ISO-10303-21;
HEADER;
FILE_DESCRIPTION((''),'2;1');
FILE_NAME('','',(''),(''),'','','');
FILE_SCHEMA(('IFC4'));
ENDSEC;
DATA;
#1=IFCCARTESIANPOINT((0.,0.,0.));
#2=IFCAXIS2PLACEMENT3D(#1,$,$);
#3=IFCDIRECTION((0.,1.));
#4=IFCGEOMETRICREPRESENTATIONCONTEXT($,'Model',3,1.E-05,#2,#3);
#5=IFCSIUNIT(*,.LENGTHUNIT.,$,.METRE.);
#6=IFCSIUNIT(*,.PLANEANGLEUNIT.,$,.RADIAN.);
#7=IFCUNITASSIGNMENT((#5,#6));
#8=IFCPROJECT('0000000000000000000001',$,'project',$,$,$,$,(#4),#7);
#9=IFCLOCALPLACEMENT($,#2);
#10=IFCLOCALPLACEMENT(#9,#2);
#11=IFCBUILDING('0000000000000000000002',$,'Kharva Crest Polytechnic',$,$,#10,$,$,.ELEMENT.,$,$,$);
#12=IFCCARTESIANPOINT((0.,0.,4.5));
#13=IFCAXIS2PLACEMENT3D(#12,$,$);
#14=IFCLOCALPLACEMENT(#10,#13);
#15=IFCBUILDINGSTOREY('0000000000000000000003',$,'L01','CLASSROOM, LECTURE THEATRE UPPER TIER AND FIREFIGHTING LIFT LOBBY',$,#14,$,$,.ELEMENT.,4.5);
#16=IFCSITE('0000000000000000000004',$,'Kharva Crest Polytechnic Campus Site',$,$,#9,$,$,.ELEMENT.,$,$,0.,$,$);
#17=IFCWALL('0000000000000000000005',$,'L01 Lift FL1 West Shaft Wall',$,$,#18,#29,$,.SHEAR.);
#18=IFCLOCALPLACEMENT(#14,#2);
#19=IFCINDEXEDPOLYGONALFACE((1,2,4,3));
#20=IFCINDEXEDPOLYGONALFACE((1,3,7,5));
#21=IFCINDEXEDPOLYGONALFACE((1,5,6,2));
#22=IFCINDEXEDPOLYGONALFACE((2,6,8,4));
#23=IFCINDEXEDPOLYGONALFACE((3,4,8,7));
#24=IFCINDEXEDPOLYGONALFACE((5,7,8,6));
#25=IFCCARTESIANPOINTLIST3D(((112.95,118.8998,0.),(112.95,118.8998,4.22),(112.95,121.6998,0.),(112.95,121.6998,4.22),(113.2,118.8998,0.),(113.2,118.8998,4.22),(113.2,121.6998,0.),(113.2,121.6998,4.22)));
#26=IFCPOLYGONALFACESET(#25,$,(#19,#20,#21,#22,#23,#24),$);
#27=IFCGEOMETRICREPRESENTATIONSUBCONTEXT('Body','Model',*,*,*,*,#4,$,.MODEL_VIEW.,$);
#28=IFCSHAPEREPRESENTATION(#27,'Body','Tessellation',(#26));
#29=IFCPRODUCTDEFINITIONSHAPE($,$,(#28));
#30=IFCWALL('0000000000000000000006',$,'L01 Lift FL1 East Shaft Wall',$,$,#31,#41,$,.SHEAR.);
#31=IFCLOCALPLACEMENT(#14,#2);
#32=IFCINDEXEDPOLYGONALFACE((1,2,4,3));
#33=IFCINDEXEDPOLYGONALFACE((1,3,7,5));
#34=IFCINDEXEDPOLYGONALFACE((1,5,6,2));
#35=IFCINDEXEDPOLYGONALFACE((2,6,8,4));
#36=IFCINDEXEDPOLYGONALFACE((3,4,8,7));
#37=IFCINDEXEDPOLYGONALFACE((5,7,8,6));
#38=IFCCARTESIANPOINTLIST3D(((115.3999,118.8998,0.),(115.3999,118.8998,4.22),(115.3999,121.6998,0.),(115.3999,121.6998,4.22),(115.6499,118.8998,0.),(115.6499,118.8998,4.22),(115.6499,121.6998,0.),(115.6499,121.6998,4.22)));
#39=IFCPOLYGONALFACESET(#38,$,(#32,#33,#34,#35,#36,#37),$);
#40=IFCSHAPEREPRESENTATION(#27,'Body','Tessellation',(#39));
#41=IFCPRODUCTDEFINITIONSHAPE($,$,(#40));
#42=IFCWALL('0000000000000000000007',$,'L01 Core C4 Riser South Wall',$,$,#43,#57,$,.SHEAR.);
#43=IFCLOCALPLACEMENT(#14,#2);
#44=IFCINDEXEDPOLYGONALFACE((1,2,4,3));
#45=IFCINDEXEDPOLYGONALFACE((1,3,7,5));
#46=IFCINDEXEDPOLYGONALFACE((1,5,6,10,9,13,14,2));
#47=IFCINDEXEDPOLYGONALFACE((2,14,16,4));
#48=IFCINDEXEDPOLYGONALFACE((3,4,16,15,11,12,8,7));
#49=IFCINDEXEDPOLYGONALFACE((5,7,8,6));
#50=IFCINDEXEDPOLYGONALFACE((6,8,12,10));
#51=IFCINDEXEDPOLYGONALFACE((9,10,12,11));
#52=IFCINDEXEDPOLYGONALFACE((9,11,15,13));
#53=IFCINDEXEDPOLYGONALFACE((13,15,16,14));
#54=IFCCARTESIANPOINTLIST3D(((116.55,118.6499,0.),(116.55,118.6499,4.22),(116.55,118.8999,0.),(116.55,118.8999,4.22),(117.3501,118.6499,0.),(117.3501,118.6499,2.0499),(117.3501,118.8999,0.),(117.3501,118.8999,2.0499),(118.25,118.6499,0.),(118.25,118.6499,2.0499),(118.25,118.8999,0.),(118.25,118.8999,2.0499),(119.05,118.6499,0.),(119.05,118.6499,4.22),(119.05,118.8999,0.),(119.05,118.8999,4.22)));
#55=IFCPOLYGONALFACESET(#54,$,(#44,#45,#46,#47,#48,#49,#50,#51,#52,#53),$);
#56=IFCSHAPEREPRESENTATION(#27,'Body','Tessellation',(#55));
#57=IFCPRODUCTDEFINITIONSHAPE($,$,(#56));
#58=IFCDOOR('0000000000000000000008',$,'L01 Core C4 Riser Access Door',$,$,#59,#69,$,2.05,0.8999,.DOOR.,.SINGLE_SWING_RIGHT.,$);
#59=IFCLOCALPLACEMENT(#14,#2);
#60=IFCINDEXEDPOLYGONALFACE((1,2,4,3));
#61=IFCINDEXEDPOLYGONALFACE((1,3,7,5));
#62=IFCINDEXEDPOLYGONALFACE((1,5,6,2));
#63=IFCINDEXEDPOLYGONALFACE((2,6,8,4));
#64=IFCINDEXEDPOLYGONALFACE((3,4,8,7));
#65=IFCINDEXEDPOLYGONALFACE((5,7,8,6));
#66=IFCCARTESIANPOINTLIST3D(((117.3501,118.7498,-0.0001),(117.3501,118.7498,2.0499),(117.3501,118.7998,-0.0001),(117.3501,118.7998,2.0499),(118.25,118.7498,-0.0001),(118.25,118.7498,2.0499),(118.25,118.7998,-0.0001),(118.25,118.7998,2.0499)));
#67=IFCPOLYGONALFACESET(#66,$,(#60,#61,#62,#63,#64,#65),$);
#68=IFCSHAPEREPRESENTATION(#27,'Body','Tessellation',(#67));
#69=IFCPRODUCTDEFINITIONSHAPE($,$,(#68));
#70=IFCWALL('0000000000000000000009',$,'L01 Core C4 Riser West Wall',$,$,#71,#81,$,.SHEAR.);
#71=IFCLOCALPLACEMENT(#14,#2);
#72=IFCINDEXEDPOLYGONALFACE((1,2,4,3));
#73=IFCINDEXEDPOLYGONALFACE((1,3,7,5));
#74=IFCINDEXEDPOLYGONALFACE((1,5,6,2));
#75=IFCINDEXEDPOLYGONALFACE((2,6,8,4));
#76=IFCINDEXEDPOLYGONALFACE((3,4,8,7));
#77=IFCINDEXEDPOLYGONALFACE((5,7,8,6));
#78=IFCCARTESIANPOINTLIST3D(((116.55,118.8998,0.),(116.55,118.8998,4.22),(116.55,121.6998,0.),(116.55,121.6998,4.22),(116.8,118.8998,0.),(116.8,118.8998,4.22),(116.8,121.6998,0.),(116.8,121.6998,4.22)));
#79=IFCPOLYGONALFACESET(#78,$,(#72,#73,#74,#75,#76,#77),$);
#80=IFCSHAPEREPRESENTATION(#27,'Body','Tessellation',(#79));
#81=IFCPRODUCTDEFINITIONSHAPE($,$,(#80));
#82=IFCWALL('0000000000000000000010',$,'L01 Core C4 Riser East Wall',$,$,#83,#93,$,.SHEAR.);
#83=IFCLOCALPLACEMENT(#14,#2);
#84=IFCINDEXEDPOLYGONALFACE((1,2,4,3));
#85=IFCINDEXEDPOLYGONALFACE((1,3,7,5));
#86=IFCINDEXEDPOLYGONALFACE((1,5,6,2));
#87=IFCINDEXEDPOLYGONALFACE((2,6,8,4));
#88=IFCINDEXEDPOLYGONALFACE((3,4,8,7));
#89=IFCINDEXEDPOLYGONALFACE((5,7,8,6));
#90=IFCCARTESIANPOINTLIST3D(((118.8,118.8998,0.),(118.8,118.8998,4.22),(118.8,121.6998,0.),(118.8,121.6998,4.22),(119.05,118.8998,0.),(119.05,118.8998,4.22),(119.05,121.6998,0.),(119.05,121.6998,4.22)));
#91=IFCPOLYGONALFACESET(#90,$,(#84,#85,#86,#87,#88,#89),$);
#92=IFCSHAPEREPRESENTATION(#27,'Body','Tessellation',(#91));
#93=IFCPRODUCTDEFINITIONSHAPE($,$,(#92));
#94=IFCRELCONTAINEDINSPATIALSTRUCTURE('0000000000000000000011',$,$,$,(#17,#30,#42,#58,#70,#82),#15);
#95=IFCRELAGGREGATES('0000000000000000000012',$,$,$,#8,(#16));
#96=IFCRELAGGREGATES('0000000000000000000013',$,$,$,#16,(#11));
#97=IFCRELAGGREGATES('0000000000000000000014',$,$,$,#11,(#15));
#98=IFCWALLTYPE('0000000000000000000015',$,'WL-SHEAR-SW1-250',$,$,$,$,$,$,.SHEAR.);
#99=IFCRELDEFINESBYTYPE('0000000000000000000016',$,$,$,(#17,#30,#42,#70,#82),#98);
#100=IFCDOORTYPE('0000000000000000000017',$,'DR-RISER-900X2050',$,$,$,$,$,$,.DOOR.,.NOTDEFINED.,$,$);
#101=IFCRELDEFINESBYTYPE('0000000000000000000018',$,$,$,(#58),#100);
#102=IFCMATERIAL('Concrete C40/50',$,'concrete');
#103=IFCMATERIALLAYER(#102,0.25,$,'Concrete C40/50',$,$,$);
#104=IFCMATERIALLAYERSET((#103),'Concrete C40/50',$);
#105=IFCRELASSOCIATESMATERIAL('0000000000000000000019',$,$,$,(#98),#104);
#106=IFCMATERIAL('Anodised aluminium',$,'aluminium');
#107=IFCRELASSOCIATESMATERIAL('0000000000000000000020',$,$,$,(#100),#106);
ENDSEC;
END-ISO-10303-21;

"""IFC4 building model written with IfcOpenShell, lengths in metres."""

from ifc_helpers import new_model, si_unit, direction, frame, frame_2d, origin, place, context, subcontext, project, spatial, rectangle, extrude, material, layer, layer_set, type_object, element, fill, save


model = new_model("IFC4")

# Units and contexts
model_context = context("Model", 3, precision=1e-05, world=origin(), true_north=direction((0.0, 1.0)))
body_context = subcontext(model_context, "Body", "Model", "MODEL_VIEW")
ifc_project = project(units=[si_unit("LENGTHUNIT", "METRE"), si_unit("PLANEANGLEUNIT", "RADIAN")], contexts=[model_context])

# Site, building, storey
site_placement = place(None, origin())
site = spatial("IfcSite", under=ifc_project, at=site_placement, Name="Kharva Crest Polytechnic Campus Site", CompositionType="ELEMENT", RefElevation=0.0)
building_placement = place(site_placement, origin())
building = spatial("IfcBuilding", under=site, at=building_placement, Name="Kharva Crest Polytechnic", CompositionType="ELEMENT")
storey_placement = place(building_placement, frame((0.0, 0.0, 4.5)))
storey = spatial("IfcBuildingStorey", under=building, at=storey_placement, Name="L01", Description="CLASSROOM, LECTURE THEATRE UPPER TIER AND FIREFIGHTING LIFT LOBBY", CompositionType="ELEMENT", Elevation=4.5)

# Shared definitions
ifc_material_1 = material(Name="Concrete C40/50", Category="concrete")

# Shared definitions
ifc_layer_1 = layer(ifc_material_1, 0.25, Name="Concrete C40/50")
ifc_layer_set_1 = layer_set([ifc_layer_1], Name="Concrete C40/50")
wall_type_1 = type_object("IfcWallType", Name="WL-SHEAR-SW1-250", PredefinedType="SHEAR", material=ifc_layer_set_1)
ifc_material_2 = material(Name="Anodised aluminium", Category="aluminium")

# Walls
for number, where, z_axis, x_axis, name in (
    (1, (113.075, 118.8999, 0.0), (0.0, 0.0, 1.0), (0.0, 1.0, 0.0), "L01 Lift FL1 West Shaft Wall"),
    (2, (115.5249, 118.8999, 0.0), (0.0, 0.0, 1.0), (0.0, 1.0, 0.0), "L01 Lift FL1 East Shaft Wall"),
):
    element("IfcWall", number, at=place(storey_placement, frame(where, z_axis=z_axis, x_axis=x_axis)), inside=storey, type_object=wall_type_1, Name=name, PredefinedType="SHEAR", context=body_context, shape_type="SweptSolid", body=[
        extrude(rectangle(XDim=2.8, YDim=0.25, at=frame_2d((1.3999, 0.0))), origin(), (0.0, 0.0, 1.0), 4.22),
    ])

# Wall, opening, door
wall_1_placement = place(storey_placement, frame((116.55, 118.7749, 0.0), z_axis=(0.0, 0.0, 1.0), x_axis=(1.0, 0.0, 0.0)))
wall_1 = element("IfcWall", 3, at=wall_1_placement, inside=storey, type_object=wall_type_1, Name="L01 Core C4 Riser South Wall", PredefinedType="SHEAR", context=body_context, shape_type="SweptSolid", body=[
    extrude(rectangle(XDim=2.5, YDim=0.25, at=frame_2d((1.25, 0.0))), origin(), (0.0, 0.0, 1.0), 4.22),
])
opening_1_placement = place(wall_1_placement, frame((0.8, 0.0, 0.0)))
opening_1 = element("IfcOpeningElement", 4, at=opening_1_placement, cuts=wall_1, PredefinedType="OPENING", context=body_context, shape_type="SweptSolid", body=[
    extrude(rectangle(XDim=0.8999, YDim=2.05, at=frame_2d((0.45, 1.0249))), frame((0.0, 0.135, 0.0), z_axis=(0.0, -1.0, 0.0), x_axis=(1.0, 0.0, 0.0)), (0.0, 0.0, 1.0), 0.27),
])
door_type_1 = type_object("IfcDoorType", Name="DR-RISER-900X2050", OperationType="NOTDEFINED", PredefinedType="DOOR", material=ifc_material_2)
door_1_placement = place(opening_1_placement, origin())
door_1 = element("IfcDoor", 5, at=door_1_placement, inside=storey, type_object=door_type_1, Name="L01 Core C4 Riser Access Door", OperationType="SINGLE_SWING_RIGHT", OverallHeight=2.05, OverallWidth=0.8999, PredefinedType="DOOR", context=body_context, shape_type="SweptSolid", body=[
    extrude(rectangle(XDim=0.8999, YDim=2.05, at=frame_2d((0.45, 1.0249))), frame((0.0, 0.0249, 0.0), z_axis=(0.0, -1.0, 0.0), x_axis=(1.0, 0.0, 0.0)), (0.0, 0.0, 1.0), 0.05),
])
fill(opening_1, door_1)

# Walls
for number, where, z_axis, x_axis, name in (
    (6, (116.675, 118.8999, 0.0), (0.0, 0.0, 1.0), (0.0, 1.0, 0.0), "L01 Core C4 Riser West Wall"),
    (7, (118.925, 118.8999, 0.0), (0.0, 0.0, 1.0), (0.0, 1.0, 0.0), "L01 Core C4 Riser East Wall"),
):
    element("IfcWall", number, at=place(storey_placement, frame(where, z_axis=z_axis, x_axis=x_axis)), inside=storey, type_object=wall_type_1, Name=name, PredefinedType="SHEAR", context=body_context, shape_type="SweptSolid", body=[
        extrude(rectangle(XDim=2.8, YDim=0.25, at=frame_2d((1.3999, 0.0))), origin(), (0.0, 0.0, 1.0), 4.22),
    ])

save(model, "model.ifc")
